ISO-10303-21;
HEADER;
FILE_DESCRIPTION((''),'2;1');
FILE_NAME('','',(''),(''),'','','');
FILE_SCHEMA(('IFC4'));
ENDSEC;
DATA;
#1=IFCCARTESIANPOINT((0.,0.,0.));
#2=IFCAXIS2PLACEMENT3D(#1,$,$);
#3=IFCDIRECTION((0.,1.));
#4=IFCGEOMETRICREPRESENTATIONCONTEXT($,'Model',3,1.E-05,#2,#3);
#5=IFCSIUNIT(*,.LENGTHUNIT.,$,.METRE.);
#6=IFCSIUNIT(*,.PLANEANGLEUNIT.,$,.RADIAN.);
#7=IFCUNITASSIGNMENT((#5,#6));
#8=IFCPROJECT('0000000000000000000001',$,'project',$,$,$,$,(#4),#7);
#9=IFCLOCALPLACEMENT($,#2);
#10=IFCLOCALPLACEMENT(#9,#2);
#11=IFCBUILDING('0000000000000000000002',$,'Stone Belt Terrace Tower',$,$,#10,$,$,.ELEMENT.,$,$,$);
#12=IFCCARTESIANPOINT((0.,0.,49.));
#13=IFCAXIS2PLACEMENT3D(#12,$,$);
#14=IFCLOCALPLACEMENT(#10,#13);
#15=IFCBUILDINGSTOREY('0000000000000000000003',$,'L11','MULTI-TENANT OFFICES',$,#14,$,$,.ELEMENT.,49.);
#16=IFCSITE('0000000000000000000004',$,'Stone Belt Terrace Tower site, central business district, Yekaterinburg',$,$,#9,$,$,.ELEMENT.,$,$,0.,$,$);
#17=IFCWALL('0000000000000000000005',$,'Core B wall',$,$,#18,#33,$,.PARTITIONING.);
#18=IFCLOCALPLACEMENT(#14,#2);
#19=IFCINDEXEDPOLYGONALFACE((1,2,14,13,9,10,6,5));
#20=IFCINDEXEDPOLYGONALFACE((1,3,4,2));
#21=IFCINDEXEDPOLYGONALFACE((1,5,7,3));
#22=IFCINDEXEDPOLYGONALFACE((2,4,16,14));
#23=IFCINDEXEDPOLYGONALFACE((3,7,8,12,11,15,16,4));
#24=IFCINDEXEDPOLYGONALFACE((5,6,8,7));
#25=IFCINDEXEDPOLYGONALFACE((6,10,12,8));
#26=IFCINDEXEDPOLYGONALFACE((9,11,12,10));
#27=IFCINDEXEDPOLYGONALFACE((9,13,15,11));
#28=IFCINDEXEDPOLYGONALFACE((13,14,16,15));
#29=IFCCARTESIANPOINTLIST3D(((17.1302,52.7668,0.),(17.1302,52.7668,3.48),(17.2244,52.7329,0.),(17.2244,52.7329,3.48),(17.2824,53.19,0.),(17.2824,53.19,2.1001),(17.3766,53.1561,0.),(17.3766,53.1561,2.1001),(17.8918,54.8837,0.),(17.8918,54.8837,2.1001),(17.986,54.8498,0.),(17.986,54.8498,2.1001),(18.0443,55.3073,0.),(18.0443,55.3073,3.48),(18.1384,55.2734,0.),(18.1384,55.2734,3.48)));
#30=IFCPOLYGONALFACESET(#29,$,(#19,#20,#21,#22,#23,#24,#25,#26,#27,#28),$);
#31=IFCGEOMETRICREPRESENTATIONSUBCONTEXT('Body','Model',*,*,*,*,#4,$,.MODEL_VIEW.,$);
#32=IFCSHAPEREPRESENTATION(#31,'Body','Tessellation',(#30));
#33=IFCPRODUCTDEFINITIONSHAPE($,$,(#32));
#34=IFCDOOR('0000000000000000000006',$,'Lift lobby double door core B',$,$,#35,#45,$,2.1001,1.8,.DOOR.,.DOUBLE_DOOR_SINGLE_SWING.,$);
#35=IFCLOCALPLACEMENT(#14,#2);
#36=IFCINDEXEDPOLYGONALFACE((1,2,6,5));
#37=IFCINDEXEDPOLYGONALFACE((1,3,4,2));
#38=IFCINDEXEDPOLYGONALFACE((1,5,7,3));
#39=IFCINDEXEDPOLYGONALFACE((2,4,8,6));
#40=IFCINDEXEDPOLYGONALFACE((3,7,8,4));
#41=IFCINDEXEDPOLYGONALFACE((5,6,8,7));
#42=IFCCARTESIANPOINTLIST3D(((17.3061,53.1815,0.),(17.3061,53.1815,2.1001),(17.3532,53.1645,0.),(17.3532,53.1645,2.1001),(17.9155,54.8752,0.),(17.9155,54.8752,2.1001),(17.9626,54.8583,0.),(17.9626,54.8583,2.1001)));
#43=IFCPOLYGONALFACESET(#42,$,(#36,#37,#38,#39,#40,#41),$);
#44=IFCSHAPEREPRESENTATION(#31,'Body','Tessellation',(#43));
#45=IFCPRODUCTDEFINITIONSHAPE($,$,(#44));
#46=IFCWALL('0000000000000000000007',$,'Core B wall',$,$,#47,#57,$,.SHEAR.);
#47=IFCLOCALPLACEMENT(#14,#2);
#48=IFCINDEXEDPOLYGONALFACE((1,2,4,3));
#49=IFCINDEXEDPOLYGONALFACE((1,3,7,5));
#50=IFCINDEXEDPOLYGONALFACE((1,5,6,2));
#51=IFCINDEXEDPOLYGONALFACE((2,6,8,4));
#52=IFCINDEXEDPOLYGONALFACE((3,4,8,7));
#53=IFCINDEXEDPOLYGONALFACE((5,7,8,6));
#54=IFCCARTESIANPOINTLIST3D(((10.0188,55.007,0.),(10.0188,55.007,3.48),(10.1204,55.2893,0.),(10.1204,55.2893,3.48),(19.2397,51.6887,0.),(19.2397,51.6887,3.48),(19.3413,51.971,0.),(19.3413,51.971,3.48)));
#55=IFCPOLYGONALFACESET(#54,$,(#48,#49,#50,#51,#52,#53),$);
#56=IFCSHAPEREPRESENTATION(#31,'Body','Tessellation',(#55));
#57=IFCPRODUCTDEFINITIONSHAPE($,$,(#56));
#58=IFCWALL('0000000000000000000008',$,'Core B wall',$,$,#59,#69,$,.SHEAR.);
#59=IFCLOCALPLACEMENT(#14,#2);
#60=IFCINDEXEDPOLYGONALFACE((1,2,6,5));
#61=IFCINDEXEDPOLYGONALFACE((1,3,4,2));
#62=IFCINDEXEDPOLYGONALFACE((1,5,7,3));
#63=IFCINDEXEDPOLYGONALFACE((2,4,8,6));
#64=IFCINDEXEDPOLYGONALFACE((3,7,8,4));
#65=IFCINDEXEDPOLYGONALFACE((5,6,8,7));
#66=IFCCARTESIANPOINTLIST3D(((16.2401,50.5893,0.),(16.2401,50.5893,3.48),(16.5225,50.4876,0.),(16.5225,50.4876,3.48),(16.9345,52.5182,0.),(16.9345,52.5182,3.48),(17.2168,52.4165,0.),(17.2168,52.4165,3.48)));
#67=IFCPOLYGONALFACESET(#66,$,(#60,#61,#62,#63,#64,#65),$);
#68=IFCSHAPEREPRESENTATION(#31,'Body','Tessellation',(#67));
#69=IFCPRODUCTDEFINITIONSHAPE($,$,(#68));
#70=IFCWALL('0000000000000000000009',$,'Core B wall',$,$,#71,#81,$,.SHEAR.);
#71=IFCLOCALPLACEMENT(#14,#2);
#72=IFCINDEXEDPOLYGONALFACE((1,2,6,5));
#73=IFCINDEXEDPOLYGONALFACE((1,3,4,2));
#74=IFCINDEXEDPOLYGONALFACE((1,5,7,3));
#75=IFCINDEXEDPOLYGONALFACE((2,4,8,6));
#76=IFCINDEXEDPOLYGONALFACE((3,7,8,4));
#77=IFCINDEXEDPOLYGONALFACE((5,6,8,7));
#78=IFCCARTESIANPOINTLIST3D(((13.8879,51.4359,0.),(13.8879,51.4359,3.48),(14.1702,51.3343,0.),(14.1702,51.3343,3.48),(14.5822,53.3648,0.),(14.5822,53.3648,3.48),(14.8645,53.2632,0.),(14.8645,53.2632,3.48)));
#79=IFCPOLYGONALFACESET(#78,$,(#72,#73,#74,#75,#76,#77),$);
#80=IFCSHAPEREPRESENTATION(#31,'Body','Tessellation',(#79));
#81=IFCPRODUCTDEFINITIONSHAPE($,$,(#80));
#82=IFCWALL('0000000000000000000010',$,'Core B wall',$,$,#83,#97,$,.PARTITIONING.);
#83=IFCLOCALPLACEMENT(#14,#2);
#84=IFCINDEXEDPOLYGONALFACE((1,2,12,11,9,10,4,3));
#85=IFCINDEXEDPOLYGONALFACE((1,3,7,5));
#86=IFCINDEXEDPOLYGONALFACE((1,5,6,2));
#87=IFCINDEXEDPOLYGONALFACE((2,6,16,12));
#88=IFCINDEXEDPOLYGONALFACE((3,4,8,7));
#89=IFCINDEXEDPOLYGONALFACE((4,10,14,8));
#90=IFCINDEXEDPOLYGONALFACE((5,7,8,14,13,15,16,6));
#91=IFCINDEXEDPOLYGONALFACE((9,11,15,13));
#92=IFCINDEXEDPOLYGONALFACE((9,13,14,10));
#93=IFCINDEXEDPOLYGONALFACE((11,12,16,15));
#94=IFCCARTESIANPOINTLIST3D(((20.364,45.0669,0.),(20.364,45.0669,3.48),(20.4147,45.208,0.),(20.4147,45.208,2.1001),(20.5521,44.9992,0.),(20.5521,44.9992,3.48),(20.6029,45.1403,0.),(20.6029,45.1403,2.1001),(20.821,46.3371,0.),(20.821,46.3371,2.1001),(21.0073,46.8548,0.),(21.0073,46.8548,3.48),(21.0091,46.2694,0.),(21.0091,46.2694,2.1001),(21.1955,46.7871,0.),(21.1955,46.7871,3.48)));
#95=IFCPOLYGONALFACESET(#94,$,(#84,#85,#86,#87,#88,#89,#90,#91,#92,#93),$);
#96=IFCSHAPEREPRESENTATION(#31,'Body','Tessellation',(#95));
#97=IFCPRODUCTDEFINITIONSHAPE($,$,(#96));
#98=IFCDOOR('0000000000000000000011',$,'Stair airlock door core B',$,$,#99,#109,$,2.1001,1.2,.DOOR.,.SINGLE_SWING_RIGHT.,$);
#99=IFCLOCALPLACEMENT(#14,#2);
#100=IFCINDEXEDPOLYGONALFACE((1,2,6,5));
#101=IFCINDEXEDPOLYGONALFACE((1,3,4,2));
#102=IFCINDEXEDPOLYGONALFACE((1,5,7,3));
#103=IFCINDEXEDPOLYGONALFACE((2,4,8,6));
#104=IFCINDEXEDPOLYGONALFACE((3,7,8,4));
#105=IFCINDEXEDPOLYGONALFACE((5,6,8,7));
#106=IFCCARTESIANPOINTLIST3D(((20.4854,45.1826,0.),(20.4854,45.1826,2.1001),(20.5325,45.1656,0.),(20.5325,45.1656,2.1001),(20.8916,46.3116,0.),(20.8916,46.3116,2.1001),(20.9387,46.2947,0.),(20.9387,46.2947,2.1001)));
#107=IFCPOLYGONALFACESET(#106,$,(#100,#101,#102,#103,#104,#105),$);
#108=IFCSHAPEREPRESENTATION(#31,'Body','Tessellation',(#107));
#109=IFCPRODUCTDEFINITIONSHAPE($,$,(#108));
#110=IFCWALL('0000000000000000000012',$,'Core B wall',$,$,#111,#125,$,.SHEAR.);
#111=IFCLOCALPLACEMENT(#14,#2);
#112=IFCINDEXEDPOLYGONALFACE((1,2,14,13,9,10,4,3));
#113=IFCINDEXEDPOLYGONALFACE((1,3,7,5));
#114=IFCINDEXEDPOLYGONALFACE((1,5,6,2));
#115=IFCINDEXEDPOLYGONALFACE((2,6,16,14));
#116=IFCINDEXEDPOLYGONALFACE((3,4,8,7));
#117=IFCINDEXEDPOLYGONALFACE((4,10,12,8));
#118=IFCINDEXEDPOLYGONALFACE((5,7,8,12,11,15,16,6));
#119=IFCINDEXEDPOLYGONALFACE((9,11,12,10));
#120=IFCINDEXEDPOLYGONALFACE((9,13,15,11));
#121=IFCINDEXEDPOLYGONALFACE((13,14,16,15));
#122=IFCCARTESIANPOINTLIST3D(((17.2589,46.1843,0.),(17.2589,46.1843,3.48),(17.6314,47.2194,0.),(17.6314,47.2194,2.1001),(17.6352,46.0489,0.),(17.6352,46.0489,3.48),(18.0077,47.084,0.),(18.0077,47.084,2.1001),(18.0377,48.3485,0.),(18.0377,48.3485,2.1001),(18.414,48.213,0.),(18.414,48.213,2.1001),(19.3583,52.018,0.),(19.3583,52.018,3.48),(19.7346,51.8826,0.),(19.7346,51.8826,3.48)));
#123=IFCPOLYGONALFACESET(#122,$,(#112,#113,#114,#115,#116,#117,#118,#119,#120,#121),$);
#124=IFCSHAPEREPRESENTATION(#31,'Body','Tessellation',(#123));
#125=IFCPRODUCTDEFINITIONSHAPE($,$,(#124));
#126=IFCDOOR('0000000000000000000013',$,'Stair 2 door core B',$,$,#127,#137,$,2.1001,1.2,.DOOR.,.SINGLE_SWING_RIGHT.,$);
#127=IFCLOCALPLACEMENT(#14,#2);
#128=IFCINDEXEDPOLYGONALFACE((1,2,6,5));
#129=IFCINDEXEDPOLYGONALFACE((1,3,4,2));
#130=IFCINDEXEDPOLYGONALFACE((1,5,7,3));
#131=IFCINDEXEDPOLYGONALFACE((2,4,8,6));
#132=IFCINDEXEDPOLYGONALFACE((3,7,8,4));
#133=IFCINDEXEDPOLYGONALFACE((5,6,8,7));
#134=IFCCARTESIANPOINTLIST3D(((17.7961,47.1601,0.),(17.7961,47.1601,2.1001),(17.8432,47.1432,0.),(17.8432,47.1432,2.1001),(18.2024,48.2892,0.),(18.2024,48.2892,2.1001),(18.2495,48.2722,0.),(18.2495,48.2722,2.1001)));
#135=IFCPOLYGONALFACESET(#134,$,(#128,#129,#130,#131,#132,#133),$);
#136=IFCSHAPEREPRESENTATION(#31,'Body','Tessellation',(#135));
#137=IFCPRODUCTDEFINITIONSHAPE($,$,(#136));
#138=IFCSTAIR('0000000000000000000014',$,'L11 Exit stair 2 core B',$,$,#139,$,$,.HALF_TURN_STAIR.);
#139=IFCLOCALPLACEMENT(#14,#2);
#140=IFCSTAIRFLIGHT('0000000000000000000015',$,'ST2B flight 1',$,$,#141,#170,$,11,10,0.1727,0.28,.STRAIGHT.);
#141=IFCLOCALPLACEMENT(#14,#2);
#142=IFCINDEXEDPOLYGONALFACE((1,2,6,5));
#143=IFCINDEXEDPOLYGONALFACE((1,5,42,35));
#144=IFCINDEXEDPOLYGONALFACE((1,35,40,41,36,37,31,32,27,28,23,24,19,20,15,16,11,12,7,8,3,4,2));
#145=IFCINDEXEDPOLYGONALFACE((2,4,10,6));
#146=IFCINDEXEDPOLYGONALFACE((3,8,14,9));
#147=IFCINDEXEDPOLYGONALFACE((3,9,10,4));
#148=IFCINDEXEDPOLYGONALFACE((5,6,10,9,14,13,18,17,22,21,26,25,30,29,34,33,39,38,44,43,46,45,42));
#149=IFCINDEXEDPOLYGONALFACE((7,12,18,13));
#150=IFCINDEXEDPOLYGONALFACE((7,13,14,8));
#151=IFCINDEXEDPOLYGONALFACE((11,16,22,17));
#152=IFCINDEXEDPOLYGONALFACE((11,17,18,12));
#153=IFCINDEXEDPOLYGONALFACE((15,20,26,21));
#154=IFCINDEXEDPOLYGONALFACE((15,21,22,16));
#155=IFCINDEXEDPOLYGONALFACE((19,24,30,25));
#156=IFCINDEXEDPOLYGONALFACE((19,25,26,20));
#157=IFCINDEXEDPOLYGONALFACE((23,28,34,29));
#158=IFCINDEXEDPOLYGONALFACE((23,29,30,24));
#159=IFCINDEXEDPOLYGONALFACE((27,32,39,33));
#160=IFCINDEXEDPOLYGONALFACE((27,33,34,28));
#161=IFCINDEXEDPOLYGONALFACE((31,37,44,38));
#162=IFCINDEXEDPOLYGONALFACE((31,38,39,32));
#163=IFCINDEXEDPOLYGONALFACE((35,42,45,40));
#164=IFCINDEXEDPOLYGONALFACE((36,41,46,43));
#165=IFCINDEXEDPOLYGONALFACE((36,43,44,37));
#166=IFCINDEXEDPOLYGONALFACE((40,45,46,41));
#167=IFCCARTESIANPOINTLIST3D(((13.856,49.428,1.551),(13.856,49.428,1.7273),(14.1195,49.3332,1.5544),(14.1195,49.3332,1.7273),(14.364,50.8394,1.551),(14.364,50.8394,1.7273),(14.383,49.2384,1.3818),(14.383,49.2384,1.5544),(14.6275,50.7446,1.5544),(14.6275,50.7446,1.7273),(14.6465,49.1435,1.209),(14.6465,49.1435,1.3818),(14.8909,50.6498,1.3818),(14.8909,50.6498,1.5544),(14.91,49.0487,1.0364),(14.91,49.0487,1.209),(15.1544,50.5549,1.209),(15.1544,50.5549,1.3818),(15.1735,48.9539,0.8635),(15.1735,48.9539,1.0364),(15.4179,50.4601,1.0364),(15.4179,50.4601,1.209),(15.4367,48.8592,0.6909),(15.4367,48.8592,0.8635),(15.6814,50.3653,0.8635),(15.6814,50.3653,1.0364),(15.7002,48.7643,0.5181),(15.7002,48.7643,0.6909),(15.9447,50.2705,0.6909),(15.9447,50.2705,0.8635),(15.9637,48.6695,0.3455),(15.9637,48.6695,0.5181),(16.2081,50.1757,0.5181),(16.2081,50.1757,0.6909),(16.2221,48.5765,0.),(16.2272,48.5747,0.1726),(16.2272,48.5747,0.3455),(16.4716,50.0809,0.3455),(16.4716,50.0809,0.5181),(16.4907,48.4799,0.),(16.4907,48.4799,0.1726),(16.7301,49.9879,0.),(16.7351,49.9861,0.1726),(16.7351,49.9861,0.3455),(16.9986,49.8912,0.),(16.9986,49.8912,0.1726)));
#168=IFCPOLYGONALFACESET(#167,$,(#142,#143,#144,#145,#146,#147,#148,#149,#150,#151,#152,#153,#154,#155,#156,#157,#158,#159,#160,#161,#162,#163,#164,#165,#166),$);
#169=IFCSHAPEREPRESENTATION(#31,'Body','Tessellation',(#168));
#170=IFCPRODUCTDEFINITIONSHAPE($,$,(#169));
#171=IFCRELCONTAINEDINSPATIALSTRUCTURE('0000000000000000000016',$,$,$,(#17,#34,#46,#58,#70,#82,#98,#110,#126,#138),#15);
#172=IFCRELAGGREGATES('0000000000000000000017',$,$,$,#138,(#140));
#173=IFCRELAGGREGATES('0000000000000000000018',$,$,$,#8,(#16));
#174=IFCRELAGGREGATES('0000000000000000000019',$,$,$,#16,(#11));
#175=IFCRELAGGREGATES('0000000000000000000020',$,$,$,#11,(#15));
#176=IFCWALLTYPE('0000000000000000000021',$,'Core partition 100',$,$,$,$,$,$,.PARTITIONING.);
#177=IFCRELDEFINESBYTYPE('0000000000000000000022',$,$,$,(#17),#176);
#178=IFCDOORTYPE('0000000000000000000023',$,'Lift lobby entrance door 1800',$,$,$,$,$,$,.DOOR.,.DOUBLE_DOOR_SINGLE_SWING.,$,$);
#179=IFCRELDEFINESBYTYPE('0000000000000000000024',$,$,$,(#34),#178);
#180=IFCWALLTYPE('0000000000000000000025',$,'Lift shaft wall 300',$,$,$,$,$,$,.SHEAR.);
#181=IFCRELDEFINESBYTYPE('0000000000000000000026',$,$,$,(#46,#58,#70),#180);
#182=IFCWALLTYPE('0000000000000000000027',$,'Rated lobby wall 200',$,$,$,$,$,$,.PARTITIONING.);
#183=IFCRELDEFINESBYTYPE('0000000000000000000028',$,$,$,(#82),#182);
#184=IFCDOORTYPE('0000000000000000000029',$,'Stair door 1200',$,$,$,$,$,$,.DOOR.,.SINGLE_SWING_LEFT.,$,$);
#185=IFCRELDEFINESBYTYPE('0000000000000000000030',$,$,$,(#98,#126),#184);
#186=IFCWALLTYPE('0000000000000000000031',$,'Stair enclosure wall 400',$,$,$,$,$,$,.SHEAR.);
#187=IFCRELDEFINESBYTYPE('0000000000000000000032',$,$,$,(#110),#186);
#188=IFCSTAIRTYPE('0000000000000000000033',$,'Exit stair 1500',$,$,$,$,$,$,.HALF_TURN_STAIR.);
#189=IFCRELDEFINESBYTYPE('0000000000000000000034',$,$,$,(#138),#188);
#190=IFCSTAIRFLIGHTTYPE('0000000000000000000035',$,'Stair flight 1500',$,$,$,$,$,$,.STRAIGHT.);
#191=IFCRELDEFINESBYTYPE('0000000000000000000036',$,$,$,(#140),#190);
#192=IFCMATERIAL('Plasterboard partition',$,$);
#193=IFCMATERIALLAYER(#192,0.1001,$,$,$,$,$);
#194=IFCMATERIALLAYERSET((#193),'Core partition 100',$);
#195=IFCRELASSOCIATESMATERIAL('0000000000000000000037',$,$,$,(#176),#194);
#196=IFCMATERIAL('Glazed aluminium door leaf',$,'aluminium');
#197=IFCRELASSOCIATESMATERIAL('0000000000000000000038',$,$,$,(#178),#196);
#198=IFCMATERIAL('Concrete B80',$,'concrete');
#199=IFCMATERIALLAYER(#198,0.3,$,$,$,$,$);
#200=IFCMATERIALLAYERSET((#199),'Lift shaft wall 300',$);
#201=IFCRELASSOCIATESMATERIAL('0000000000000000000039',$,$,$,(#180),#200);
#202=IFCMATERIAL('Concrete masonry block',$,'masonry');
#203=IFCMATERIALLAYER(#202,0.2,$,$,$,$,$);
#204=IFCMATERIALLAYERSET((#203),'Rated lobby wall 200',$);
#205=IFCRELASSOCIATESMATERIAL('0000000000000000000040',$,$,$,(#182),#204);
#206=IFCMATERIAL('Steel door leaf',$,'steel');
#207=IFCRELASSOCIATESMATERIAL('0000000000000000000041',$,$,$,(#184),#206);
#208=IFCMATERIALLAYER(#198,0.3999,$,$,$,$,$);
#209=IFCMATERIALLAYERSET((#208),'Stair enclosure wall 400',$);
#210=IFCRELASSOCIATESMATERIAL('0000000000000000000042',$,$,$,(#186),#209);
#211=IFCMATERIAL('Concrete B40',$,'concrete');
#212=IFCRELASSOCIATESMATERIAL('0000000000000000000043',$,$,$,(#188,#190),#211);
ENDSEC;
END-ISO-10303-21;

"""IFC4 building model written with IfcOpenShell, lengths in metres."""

from ifc_helpers import new_model, si_unit, direction, frame, frame_2d, origin, place, context, subcontext, project, spatial, polyline, rectangle, outline, extrude, material, layer, layer_set, type_object, element, fill, aggregate, save


model = new_model("IFC4")

# Units and contexts
model_context = context("Model", 3, precision=1e-05, world=origin(), true_north=direction((0.0, 1.0)))
body_context = subcontext(model_context, "Body", "Model", "MODEL_VIEW")
ifc_project = project(units=[si_unit("LENGTHUNIT", "METRE"), si_unit("PLANEANGLEUNIT", "RADIAN")], contexts=[model_context])

# Site, building, storey
site_placement = place(None, origin())
site = spatial("IfcSite", under=ifc_project, at=site_placement, Name="Stone Belt Terrace Tower site, central business district, Yekaterinburg", CompositionType="ELEMENT", RefElevation=0.0)
building_placement = place(site_placement, origin())
building = spatial("IfcBuilding", under=site, at=building_placement, Name="Stone Belt Terrace Tower", CompositionType="ELEMENT")
storey_placement = place(building_placement, frame((0.0, 0.0, 49.0)))
storey = spatial("IfcBuildingStorey", under=building, at=storey_placement, Name="L11", Description="MULTI-TENANT OFFICES", CompositionType="ELEMENT", Elevation=49.0)

# Wall, opening, door
ifc_material_1 = material(Name="Plasterboard partition")
ifc_layer_1 = layer(ifc_material_1, 0.1001)
ifc_layer_set_1 = layer_set([ifc_layer_1], Name="Core partition 100")
wall_type_1 = type_object("IfcWallType", Name="Core partition 100", PredefinedType="PARTITIONING", material=ifc_layer_set_1)
wall_1_placement = place(storey_placement, frame((17.1772, 52.7498, 0.0), z_axis=(0.0, 0.0, 1.0), x_axis=(0.338547, 0.94095, 0.0)))
wall_1 = element("IfcWall", 1, at=wall_1_placement, inside=storey, type_object=wall_type_1, Name="Core B wall", PredefinedType="PARTITIONING", context=body_context, shape_type="SweptSolid", body=[
    extrude(rectangle(XDim=2.7, YDim=0.1001, at=frame_2d((1.3501, 0.0))), origin(), (0.0, 0.0, 1.0), 3.48),
])
opening_1_placement = place(wall_1_placement, frame((0.45, 0.0, 0.0)))
opening_1 = element("IfcOpeningElement", 2, at=opening_1_placement, cuts=wall_1, PredefinedType="OPENING", context=body_context, shape_type="SweptSolid", body=[
    extrude(rectangle(XDim=1.8, YDim=2.1001, at=frame_2d((0.8999, 1.05))), frame((0.0, 0.0601, 0.0), z_axis=(0.0, -1.0, 0.0), x_axis=(1.0, 0.0, 0.0)), (0.0, 0.0, 1.0), 0.1201),
])
ifc_material_2 = material(Name="Glazed aluminium door leaf", Category="aluminium")
door_type_1 = type_object("IfcDoorType", Name="Lift lobby entrance door 1800", OperationType="DOUBLE_DOOR_SINGLE_SWING", PredefinedType="DOOR", material=ifc_material_2)
door_1_placement = place(opening_1_placement, origin())
door_1 = element("IfcDoor", 3, at=door_1_placement, inside=storey, type_object=door_type_1, Name="Lift lobby double door core B", OperationType="DOUBLE_DOOR_SINGLE_SWING", OverallHeight=2.1001, OverallWidth=1.8, PredefinedType="DOOR", context=body_context, shape_type="SweptSolid", body=[
    extrude(rectangle(XDim=1.8, YDim=2.1001, at=frame_2d((0.8999, 1.05))), frame((0.0, 0.0249, 0.0), z_axis=(0.0, -1.0, 0.0), x_axis=(1.0, 0.0, 0.0)), (0.0, 0.0, 1.0), 0.05),
])
fill(opening_1, door_1)

# Walls
ifc_material_3 = material(Name="Concrete B80", Category="concrete")
ifc_layer_2 = layer(ifc_material_3, 0.3)
ifc_layer_set_2 = layer_set([ifc_layer_2], Name="Lift shaft wall 300")
wall_type_2 = type_object("IfcWallType", Name="Lift shaft wall 300", PredefinedType="SHEAR", material=ifc_layer_set_2)
wall_2_placement = place(storey_placement, frame((19.2905, 51.8298, 0.0), z_axis=(0.0, 0.0, 1.0), x_axis=(-0.940926, 0.338613, 0.0)))
element("IfcWall", 4, at=wall_2_placement, inside=storey, type_object=wall_type_2, Name="Core B wall", PredefinedType="SHEAR", context=body_context, shape_type="SweptSolid", body=[
    extrude(rectangle(XDim=9.7998, YDim=0.3, at=frame_2d((4.8999, 0.0))), origin(), (0.0, 0.0, 1.0), 3.48),
])
for number, where, z_axis, x_axis, name in (
    (5, (16.3813, 50.5386, 0.0), (0.0, 0.0, 1.0), (0.338682, 0.940901, 0.0), "Core B wall"),
    (6, (14.0291, 51.3853, 0.0), (0.0, 0.0, 1.0), (0.338682, 0.940901, 0.0), "Core B wall"),
):
    element("IfcWall", number, at=place(storey_placement, frame(where, z_axis=z_axis, x_axis=x_axis)), inside=storey, type_object=wall_type_2, Name=name, PredefinedType="SHEAR", context=body_context, shape_type="SweptSolid", body=[
        extrude(rectangle(XDim=2.05, YDim=0.3, at=frame_2d((1.0249, 0.0))), origin(), (0.0, 0.0, 1.0), 3.48),
    ])

# Walls, openings, doors
ifc_material_4 = material(Name="Concrete masonry block", Category="masonry")
ifc_layer_3 = layer(ifc_material_4, 0.2)
ifc_layer_set_3 = layer_set([ifc_layer_3], Name="Rated lobby wall 200")
wall_type_3 = type_object("IfcWallType", Name="Rated lobby wall 200", PredefinedType="PARTITIONING", material=ifc_layer_set_3)
wall_3_placement = place(storey_placement, frame((20.458, 45.033, 0.0), z_axis=(0.0, 0.0, 1.0), x_axis=(0.338574, 0.94094, 0.0)))
wall_3 = element("IfcWall", 7, at=wall_3_placement, inside=storey, type_object=wall_type_3, Name="Core B wall", PredefinedType="PARTITIONING", context=body_context, shape_type="SweptSolid", body=[
    extrude(rectangle(XDim=1.9001, YDim=0.2, at=frame_2d((0.9502, 0.0))), origin(), (0.0, 0.0, 1.0), 3.48),
])
opening_2_placement = place(wall_3_placement, frame((0.1499, 0.0, 0.0)))
opening_2 = element("IfcOpeningElement", 8, at=opening_2_placement, cuts=wall_3, PredefinedType="OPENING", context=body_context, shape_type="SweptSolid", body=[
    extrude(rectangle(XDim=1.2, YDim=2.1001, at=frame_2d((0.6001, 1.05))), frame((0.0, 0.1099, 0.0), z_axis=(0.0, -1.0, 0.0), x_axis=(1.0, 0.0, 0.0)), (0.0, 0.0, 1.0), 0.22),
])
ifc_material_5 = material(Name="Steel door leaf", Category="steel")
door_type_2 = type_object("IfcDoorType", Name="Stair door 1200", OperationType="SINGLE_SWING_LEFT", PredefinedType="DOOR", material=ifc_material_5)
door_2_placement = place(opening_2_placement, origin())
door_2 = element("IfcDoor", 9, at=door_2_placement, inside=storey, type_object=door_type_2, Name="Stair airlock door core B", OperationType="SINGLE_SWING_RIGHT", OverallHeight=2.1001, OverallWidth=1.2, PredefinedType="DOOR", context=body_context, shape_type="SweptSolid", body=[
    extrude(rectangle(XDim=1.2, YDim=2.1001, at=frame_2d((0.6001, 1.05))), frame((0.0, 0.0249, 0.0), z_axis=(0.0, -1.0, 0.0), x_axis=(1.0, 0.0, 0.0)), (0.0, 0.0, 1.0), 0.05),
])
fill(opening_2, door_2)
ifc_layer_4 = layer(ifc_material_3, 0.3999)
ifc_layer_set_4 = layer_set([ifc_layer_4], Name="Stair enclosure wall 400")
wall_type_4 = type_object("IfcWallType", Name="Stair enclosure wall 400", PredefinedType="SHEAR", material=ifc_layer_set_4)
wall_4_placement = place(storey_placement, frame((17.447, 46.1165, 0.0), z_axis=(0.0, 0.0, 1.0), x_axis=(0.338608, 0.940928, 0.0)))
wall_4 = element("IfcWall", 10, at=wall_4_placement, inside=storey, type_object=wall_type_4, Name="Core B wall", PredefinedType="SHEAR", context=body_context, shape_type="SweptSolid", body=[
    extrude(rectangle(XDim=6.2, YDim=0.3999, at=frame_2d((3.1001, 0.0))), origin(), (0.0, 0.0, 1.0), 3.48),
])
opening_3_placement = place(wall_4_placement, frame((1.1001, 0.0, 0.0)))
opening_3 = element("IfcOpeningElement", 11, at=opening_3_placement, cuts=wall_4, PredefinedType="OPENING", context=body_context, shape_type="SweptSolid", body=[
    extrude(rectangle(XDim=1.2, YDim=2.1001, at=frame_2d((0.6001, 1.05))), frame((0.0, 0.21, 0.0), z_axis=(0.0, -1.0, 0.0), x_axis=(1.0, 0.0, 0.0)), (0.0, 0.0, 1.0), 0.4199),
])
door_3_placement = place(opening_3_placement, origin())
door_3 = element("IfcDoor", 12, at=door_3_placement, inside=storey, type_object=door_type_2, Name="Stair 2 door core B", OperationType="SINGLE_SWING_RIGHT", OverallHeight=2.1001, OverallWidth=1.2, PredefinedType="DOOR", context=body_context, shape_type="SweptSolid", body=[
    extrude(rectangle(XDim=1.2, YDim=2.1001, at=frame_2d((0.6001, 1.05))), frame((0.0, 0.0249, 0.0), z_axis=(0.0, -1.0, 0.0), x_axis=(1.0, 0.0, 0.0)), (0.0, 0.0, 1.0), 0.05),
])
fill(opening_3, door_3)

# Stair, stair flight
ifc_material_6 = material(Name="Concrete B40", Category="concrete")
stair_type = type_object("IfcStairType", Name="Exit stair 1500", PredefinedType="HALF_TURN_STAIR", material=ifc_material_6)
stair_placement = place(storey_placement, origin())
stair = element("IfcStair", 13, at=stair_placement, inside=storey, type_object=stair_type, Name="L11 Exit stair 2 core B", PredefinedType="HALF_TURN_STAIR")
stair_flight_type = type_object("IfcStairFlightType", Name="Stair flight 1500", PredefinedType="STRAIGHT", material=ifc_material_6)
stair_flight_1_placement = place(storey_placement, frame((16.7446, 49.1855, 0.0), z_axis=(0.0, 0.0, 1.0), x_axis=(-0.940922, 0.338624, 0.0)))
stair_flight_1 = element("IfcStairFlight", 14, at=stair_flight_1_placement, type_object=stair_flight_type, Name="ST2B flight 1", NumberOfRisers=11, NumberOfTreads=10, PredefinedType="STRAIGHT", RiserHeight=0.1727, TreadLength=0.28, context=body_context, shape_type="SweptSolid", body=[
    extrude(outline(polyline([(0.0, 0.0), (0.0, 0.1726), (0.28, 0.1726), (0.28, 0.3455), (0.5601, 0.3455), (0.5601, 0.5181), (0.8401, 0.5181), (0.8401, 0.6909), (1.1201, 0.6909), (1.1201, 0.8635), (1.3999, 0.8635), (1.3999, 1.0364), (1.6799, 1.0364), (1.6799, 1.209), (1.96, 1.209), (1.96, 1.3818), (2.24, 1.3818), (2.24, 1.5544), (2.52, 1.5544), (2.52, 1.7273), (2.8, 1.7273), (2.8, 1.8999), (2.8, 1.551), (0.2854, 0.0), (0.0, 0.0)])), frame((0.0, 0.75, 0.0), z_axis=(0.0, -1.0, 0.0), x_axis=(1.0, 0.0, 0.0)), (0.0, 0.0, 1.0), 1.5),
])
aggregate(stair, [stair_flight_1])

save(model, "model.ifc")
